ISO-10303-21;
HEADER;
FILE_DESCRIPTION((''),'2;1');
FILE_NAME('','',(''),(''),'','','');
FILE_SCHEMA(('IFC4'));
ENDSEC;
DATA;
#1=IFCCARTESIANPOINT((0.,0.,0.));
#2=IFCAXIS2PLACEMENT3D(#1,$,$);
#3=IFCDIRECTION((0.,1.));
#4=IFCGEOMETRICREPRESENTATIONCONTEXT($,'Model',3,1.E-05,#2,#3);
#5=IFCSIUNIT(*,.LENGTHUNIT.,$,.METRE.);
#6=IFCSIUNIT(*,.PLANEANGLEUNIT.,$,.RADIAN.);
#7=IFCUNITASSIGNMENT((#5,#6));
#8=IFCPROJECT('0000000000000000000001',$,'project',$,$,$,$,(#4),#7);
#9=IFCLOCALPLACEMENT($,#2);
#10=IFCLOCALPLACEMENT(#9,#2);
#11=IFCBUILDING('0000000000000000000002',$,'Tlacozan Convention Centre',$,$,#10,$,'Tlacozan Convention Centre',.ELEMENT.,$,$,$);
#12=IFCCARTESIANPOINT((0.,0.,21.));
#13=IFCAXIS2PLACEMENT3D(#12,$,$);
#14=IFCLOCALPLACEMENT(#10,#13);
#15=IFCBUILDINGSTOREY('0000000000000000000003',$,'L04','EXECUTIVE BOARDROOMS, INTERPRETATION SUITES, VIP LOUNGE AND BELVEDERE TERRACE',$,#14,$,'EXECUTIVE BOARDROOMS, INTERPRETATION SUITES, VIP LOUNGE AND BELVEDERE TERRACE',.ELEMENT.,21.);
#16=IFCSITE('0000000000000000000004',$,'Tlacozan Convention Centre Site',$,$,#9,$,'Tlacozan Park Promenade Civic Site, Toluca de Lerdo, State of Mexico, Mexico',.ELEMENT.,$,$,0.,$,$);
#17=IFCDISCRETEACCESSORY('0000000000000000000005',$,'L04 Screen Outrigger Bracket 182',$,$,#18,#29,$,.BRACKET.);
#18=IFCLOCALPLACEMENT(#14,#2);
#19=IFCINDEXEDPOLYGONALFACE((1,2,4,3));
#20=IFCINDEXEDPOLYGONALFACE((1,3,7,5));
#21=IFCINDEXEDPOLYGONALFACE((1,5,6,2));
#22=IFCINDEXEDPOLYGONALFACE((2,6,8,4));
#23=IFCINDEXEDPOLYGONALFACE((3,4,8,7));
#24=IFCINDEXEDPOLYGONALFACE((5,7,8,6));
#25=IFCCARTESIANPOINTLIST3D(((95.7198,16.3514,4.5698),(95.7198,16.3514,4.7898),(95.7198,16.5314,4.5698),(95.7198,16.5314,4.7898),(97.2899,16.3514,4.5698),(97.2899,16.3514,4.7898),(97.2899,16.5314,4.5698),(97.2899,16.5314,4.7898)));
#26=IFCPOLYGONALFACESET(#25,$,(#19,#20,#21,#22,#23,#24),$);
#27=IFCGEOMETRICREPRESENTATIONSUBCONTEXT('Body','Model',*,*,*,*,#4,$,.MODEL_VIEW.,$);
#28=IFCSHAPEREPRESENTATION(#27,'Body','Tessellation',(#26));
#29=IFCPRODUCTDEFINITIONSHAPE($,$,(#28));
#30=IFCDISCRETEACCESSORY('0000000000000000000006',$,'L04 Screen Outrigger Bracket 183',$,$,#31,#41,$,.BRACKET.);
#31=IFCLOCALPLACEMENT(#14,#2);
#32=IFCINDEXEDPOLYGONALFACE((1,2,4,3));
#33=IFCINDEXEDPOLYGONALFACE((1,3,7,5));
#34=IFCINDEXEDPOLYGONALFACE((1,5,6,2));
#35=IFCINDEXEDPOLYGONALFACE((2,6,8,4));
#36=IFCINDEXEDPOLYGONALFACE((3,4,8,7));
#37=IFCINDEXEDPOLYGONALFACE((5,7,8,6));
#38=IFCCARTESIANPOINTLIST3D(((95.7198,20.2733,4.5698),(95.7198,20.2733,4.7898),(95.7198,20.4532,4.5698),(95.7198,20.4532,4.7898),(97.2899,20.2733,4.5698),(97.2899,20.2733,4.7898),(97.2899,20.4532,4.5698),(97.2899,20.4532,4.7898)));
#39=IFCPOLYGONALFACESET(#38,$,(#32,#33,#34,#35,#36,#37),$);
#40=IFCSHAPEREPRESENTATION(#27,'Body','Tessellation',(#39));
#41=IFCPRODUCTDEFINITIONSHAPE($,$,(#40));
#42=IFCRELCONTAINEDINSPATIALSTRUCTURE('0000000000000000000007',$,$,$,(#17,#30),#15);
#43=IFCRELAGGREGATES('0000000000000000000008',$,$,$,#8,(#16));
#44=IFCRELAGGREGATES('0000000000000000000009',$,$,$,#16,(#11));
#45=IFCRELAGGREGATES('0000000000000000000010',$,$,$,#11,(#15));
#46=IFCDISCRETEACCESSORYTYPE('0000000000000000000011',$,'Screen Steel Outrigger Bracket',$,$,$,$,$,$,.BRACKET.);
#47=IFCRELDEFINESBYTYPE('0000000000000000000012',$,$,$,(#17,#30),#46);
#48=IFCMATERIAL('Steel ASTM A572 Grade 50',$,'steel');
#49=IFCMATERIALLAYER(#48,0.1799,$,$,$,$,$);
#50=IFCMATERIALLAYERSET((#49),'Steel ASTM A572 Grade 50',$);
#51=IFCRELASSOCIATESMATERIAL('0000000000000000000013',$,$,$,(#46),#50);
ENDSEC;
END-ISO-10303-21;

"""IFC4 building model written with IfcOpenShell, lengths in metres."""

from ifc_helpers import new_model, si_unit, direction, frame, origin, origin_2d, place, context, subcontext, project, spatial, rectangle, extrude, material, layer, layer_set, type_object, element, save


model = new_model("IFC4")

# Units and contexts
model_context = context("Model", 3, precision=1e-05, world=origin(), true_north=direction((0.0, 1.0)))
body_context = subcontext(model_context, "Body", "Model", "MODEL_VIEW")
ifc_project = project(units=[si_unit("LENGTHUNIT", "METRE"), si_unit("PLANEANGLEUNIT", "RADIAN")], contexts=[model_context])

# Site, building, storey
site_placement = place(None, origin())
site = spatial("IfcSite", under=ifc_project, at=site_placement, Name="Tlacozan Convention Centre Site", LongName="Tlacozan Park Promenade Civic Site, Toluca de Lerdo, State of Mexico, Mexico", CompositionType="ELEMENT", RefElevation=0.0)
building_placement = place(site_placement, origin())
building = spatial("IfcBuilding", under=site, at=building_placement, Name="Tlacozan Convention Centre", LongName="Tlacozan Convention Centre", CompositionType="ELEMENT")
storey_placement = place(building_placement, frame((0.0, 0.0, 21.0)))
storey = spatial("IfcBuildingStorey", under=building, at=storey_placement, Name="L04", Description="EXECUTIVE BOARDROOMS, INTERPRETATION SUITES, VIP LOUNGE AND BELVEDERE TERRACE", LongName="EXECUTIVE BOARDROOMS, INTERPRETATION SUITES, VIP LOUNGE AND BELVEDERE TERRACE", CompositionType="ELEMENT", Elevation=21.0)

# Discrete accessories
ifc_material_1 = material(Name="Steel ASTM A572 Grade 50", Category="steel")
ifc_layer_1 = layer(ifc_material_1, 0.1799)
ifc_layer_set_1 = layer_set([ifc_layer_1], Name="Steel ASTM A572 Grade 50")
discrete_accessory_type = type_object("IfcDiscreteAccessoryType", Name="Screen Steel Outrigger Bracket", PredefinedType="BRACKET", material=ifc_layer_set_1)
for number, where, z_axis, x_axis, name in (
    (1, (96.5049, 16.4414, 4.5698), (0.0, 0.0, 1.0), (-1.0, 0.0, 0.0), "L04 Screen Outrigger Bracket 182"),
    (2, (96.5049, 20.3633, 4.5698), (0.0, 0.0, 1.0), (-1.0, 0.0, 0.0), "L04 Screen Outrigger Bracket 183"),
):
    element("IfcDiscreteAccessory", number, at=place(storey_placement, frame(where, z_axis=z_axis, x_axis=x_axis)), inside=storey, type_object=discrete_accessory_type, Name=name, PredefinedType="BRACKET", context=body_context, shape_type="SweptSolid", body=[
        extrude(rectangle(XDim=1.5701, YDim=0.1799, at=origin_2d()), origin(), (0.0, 0.0, 1.0), 0.22),
    ])

save(model, "model.ifc")
